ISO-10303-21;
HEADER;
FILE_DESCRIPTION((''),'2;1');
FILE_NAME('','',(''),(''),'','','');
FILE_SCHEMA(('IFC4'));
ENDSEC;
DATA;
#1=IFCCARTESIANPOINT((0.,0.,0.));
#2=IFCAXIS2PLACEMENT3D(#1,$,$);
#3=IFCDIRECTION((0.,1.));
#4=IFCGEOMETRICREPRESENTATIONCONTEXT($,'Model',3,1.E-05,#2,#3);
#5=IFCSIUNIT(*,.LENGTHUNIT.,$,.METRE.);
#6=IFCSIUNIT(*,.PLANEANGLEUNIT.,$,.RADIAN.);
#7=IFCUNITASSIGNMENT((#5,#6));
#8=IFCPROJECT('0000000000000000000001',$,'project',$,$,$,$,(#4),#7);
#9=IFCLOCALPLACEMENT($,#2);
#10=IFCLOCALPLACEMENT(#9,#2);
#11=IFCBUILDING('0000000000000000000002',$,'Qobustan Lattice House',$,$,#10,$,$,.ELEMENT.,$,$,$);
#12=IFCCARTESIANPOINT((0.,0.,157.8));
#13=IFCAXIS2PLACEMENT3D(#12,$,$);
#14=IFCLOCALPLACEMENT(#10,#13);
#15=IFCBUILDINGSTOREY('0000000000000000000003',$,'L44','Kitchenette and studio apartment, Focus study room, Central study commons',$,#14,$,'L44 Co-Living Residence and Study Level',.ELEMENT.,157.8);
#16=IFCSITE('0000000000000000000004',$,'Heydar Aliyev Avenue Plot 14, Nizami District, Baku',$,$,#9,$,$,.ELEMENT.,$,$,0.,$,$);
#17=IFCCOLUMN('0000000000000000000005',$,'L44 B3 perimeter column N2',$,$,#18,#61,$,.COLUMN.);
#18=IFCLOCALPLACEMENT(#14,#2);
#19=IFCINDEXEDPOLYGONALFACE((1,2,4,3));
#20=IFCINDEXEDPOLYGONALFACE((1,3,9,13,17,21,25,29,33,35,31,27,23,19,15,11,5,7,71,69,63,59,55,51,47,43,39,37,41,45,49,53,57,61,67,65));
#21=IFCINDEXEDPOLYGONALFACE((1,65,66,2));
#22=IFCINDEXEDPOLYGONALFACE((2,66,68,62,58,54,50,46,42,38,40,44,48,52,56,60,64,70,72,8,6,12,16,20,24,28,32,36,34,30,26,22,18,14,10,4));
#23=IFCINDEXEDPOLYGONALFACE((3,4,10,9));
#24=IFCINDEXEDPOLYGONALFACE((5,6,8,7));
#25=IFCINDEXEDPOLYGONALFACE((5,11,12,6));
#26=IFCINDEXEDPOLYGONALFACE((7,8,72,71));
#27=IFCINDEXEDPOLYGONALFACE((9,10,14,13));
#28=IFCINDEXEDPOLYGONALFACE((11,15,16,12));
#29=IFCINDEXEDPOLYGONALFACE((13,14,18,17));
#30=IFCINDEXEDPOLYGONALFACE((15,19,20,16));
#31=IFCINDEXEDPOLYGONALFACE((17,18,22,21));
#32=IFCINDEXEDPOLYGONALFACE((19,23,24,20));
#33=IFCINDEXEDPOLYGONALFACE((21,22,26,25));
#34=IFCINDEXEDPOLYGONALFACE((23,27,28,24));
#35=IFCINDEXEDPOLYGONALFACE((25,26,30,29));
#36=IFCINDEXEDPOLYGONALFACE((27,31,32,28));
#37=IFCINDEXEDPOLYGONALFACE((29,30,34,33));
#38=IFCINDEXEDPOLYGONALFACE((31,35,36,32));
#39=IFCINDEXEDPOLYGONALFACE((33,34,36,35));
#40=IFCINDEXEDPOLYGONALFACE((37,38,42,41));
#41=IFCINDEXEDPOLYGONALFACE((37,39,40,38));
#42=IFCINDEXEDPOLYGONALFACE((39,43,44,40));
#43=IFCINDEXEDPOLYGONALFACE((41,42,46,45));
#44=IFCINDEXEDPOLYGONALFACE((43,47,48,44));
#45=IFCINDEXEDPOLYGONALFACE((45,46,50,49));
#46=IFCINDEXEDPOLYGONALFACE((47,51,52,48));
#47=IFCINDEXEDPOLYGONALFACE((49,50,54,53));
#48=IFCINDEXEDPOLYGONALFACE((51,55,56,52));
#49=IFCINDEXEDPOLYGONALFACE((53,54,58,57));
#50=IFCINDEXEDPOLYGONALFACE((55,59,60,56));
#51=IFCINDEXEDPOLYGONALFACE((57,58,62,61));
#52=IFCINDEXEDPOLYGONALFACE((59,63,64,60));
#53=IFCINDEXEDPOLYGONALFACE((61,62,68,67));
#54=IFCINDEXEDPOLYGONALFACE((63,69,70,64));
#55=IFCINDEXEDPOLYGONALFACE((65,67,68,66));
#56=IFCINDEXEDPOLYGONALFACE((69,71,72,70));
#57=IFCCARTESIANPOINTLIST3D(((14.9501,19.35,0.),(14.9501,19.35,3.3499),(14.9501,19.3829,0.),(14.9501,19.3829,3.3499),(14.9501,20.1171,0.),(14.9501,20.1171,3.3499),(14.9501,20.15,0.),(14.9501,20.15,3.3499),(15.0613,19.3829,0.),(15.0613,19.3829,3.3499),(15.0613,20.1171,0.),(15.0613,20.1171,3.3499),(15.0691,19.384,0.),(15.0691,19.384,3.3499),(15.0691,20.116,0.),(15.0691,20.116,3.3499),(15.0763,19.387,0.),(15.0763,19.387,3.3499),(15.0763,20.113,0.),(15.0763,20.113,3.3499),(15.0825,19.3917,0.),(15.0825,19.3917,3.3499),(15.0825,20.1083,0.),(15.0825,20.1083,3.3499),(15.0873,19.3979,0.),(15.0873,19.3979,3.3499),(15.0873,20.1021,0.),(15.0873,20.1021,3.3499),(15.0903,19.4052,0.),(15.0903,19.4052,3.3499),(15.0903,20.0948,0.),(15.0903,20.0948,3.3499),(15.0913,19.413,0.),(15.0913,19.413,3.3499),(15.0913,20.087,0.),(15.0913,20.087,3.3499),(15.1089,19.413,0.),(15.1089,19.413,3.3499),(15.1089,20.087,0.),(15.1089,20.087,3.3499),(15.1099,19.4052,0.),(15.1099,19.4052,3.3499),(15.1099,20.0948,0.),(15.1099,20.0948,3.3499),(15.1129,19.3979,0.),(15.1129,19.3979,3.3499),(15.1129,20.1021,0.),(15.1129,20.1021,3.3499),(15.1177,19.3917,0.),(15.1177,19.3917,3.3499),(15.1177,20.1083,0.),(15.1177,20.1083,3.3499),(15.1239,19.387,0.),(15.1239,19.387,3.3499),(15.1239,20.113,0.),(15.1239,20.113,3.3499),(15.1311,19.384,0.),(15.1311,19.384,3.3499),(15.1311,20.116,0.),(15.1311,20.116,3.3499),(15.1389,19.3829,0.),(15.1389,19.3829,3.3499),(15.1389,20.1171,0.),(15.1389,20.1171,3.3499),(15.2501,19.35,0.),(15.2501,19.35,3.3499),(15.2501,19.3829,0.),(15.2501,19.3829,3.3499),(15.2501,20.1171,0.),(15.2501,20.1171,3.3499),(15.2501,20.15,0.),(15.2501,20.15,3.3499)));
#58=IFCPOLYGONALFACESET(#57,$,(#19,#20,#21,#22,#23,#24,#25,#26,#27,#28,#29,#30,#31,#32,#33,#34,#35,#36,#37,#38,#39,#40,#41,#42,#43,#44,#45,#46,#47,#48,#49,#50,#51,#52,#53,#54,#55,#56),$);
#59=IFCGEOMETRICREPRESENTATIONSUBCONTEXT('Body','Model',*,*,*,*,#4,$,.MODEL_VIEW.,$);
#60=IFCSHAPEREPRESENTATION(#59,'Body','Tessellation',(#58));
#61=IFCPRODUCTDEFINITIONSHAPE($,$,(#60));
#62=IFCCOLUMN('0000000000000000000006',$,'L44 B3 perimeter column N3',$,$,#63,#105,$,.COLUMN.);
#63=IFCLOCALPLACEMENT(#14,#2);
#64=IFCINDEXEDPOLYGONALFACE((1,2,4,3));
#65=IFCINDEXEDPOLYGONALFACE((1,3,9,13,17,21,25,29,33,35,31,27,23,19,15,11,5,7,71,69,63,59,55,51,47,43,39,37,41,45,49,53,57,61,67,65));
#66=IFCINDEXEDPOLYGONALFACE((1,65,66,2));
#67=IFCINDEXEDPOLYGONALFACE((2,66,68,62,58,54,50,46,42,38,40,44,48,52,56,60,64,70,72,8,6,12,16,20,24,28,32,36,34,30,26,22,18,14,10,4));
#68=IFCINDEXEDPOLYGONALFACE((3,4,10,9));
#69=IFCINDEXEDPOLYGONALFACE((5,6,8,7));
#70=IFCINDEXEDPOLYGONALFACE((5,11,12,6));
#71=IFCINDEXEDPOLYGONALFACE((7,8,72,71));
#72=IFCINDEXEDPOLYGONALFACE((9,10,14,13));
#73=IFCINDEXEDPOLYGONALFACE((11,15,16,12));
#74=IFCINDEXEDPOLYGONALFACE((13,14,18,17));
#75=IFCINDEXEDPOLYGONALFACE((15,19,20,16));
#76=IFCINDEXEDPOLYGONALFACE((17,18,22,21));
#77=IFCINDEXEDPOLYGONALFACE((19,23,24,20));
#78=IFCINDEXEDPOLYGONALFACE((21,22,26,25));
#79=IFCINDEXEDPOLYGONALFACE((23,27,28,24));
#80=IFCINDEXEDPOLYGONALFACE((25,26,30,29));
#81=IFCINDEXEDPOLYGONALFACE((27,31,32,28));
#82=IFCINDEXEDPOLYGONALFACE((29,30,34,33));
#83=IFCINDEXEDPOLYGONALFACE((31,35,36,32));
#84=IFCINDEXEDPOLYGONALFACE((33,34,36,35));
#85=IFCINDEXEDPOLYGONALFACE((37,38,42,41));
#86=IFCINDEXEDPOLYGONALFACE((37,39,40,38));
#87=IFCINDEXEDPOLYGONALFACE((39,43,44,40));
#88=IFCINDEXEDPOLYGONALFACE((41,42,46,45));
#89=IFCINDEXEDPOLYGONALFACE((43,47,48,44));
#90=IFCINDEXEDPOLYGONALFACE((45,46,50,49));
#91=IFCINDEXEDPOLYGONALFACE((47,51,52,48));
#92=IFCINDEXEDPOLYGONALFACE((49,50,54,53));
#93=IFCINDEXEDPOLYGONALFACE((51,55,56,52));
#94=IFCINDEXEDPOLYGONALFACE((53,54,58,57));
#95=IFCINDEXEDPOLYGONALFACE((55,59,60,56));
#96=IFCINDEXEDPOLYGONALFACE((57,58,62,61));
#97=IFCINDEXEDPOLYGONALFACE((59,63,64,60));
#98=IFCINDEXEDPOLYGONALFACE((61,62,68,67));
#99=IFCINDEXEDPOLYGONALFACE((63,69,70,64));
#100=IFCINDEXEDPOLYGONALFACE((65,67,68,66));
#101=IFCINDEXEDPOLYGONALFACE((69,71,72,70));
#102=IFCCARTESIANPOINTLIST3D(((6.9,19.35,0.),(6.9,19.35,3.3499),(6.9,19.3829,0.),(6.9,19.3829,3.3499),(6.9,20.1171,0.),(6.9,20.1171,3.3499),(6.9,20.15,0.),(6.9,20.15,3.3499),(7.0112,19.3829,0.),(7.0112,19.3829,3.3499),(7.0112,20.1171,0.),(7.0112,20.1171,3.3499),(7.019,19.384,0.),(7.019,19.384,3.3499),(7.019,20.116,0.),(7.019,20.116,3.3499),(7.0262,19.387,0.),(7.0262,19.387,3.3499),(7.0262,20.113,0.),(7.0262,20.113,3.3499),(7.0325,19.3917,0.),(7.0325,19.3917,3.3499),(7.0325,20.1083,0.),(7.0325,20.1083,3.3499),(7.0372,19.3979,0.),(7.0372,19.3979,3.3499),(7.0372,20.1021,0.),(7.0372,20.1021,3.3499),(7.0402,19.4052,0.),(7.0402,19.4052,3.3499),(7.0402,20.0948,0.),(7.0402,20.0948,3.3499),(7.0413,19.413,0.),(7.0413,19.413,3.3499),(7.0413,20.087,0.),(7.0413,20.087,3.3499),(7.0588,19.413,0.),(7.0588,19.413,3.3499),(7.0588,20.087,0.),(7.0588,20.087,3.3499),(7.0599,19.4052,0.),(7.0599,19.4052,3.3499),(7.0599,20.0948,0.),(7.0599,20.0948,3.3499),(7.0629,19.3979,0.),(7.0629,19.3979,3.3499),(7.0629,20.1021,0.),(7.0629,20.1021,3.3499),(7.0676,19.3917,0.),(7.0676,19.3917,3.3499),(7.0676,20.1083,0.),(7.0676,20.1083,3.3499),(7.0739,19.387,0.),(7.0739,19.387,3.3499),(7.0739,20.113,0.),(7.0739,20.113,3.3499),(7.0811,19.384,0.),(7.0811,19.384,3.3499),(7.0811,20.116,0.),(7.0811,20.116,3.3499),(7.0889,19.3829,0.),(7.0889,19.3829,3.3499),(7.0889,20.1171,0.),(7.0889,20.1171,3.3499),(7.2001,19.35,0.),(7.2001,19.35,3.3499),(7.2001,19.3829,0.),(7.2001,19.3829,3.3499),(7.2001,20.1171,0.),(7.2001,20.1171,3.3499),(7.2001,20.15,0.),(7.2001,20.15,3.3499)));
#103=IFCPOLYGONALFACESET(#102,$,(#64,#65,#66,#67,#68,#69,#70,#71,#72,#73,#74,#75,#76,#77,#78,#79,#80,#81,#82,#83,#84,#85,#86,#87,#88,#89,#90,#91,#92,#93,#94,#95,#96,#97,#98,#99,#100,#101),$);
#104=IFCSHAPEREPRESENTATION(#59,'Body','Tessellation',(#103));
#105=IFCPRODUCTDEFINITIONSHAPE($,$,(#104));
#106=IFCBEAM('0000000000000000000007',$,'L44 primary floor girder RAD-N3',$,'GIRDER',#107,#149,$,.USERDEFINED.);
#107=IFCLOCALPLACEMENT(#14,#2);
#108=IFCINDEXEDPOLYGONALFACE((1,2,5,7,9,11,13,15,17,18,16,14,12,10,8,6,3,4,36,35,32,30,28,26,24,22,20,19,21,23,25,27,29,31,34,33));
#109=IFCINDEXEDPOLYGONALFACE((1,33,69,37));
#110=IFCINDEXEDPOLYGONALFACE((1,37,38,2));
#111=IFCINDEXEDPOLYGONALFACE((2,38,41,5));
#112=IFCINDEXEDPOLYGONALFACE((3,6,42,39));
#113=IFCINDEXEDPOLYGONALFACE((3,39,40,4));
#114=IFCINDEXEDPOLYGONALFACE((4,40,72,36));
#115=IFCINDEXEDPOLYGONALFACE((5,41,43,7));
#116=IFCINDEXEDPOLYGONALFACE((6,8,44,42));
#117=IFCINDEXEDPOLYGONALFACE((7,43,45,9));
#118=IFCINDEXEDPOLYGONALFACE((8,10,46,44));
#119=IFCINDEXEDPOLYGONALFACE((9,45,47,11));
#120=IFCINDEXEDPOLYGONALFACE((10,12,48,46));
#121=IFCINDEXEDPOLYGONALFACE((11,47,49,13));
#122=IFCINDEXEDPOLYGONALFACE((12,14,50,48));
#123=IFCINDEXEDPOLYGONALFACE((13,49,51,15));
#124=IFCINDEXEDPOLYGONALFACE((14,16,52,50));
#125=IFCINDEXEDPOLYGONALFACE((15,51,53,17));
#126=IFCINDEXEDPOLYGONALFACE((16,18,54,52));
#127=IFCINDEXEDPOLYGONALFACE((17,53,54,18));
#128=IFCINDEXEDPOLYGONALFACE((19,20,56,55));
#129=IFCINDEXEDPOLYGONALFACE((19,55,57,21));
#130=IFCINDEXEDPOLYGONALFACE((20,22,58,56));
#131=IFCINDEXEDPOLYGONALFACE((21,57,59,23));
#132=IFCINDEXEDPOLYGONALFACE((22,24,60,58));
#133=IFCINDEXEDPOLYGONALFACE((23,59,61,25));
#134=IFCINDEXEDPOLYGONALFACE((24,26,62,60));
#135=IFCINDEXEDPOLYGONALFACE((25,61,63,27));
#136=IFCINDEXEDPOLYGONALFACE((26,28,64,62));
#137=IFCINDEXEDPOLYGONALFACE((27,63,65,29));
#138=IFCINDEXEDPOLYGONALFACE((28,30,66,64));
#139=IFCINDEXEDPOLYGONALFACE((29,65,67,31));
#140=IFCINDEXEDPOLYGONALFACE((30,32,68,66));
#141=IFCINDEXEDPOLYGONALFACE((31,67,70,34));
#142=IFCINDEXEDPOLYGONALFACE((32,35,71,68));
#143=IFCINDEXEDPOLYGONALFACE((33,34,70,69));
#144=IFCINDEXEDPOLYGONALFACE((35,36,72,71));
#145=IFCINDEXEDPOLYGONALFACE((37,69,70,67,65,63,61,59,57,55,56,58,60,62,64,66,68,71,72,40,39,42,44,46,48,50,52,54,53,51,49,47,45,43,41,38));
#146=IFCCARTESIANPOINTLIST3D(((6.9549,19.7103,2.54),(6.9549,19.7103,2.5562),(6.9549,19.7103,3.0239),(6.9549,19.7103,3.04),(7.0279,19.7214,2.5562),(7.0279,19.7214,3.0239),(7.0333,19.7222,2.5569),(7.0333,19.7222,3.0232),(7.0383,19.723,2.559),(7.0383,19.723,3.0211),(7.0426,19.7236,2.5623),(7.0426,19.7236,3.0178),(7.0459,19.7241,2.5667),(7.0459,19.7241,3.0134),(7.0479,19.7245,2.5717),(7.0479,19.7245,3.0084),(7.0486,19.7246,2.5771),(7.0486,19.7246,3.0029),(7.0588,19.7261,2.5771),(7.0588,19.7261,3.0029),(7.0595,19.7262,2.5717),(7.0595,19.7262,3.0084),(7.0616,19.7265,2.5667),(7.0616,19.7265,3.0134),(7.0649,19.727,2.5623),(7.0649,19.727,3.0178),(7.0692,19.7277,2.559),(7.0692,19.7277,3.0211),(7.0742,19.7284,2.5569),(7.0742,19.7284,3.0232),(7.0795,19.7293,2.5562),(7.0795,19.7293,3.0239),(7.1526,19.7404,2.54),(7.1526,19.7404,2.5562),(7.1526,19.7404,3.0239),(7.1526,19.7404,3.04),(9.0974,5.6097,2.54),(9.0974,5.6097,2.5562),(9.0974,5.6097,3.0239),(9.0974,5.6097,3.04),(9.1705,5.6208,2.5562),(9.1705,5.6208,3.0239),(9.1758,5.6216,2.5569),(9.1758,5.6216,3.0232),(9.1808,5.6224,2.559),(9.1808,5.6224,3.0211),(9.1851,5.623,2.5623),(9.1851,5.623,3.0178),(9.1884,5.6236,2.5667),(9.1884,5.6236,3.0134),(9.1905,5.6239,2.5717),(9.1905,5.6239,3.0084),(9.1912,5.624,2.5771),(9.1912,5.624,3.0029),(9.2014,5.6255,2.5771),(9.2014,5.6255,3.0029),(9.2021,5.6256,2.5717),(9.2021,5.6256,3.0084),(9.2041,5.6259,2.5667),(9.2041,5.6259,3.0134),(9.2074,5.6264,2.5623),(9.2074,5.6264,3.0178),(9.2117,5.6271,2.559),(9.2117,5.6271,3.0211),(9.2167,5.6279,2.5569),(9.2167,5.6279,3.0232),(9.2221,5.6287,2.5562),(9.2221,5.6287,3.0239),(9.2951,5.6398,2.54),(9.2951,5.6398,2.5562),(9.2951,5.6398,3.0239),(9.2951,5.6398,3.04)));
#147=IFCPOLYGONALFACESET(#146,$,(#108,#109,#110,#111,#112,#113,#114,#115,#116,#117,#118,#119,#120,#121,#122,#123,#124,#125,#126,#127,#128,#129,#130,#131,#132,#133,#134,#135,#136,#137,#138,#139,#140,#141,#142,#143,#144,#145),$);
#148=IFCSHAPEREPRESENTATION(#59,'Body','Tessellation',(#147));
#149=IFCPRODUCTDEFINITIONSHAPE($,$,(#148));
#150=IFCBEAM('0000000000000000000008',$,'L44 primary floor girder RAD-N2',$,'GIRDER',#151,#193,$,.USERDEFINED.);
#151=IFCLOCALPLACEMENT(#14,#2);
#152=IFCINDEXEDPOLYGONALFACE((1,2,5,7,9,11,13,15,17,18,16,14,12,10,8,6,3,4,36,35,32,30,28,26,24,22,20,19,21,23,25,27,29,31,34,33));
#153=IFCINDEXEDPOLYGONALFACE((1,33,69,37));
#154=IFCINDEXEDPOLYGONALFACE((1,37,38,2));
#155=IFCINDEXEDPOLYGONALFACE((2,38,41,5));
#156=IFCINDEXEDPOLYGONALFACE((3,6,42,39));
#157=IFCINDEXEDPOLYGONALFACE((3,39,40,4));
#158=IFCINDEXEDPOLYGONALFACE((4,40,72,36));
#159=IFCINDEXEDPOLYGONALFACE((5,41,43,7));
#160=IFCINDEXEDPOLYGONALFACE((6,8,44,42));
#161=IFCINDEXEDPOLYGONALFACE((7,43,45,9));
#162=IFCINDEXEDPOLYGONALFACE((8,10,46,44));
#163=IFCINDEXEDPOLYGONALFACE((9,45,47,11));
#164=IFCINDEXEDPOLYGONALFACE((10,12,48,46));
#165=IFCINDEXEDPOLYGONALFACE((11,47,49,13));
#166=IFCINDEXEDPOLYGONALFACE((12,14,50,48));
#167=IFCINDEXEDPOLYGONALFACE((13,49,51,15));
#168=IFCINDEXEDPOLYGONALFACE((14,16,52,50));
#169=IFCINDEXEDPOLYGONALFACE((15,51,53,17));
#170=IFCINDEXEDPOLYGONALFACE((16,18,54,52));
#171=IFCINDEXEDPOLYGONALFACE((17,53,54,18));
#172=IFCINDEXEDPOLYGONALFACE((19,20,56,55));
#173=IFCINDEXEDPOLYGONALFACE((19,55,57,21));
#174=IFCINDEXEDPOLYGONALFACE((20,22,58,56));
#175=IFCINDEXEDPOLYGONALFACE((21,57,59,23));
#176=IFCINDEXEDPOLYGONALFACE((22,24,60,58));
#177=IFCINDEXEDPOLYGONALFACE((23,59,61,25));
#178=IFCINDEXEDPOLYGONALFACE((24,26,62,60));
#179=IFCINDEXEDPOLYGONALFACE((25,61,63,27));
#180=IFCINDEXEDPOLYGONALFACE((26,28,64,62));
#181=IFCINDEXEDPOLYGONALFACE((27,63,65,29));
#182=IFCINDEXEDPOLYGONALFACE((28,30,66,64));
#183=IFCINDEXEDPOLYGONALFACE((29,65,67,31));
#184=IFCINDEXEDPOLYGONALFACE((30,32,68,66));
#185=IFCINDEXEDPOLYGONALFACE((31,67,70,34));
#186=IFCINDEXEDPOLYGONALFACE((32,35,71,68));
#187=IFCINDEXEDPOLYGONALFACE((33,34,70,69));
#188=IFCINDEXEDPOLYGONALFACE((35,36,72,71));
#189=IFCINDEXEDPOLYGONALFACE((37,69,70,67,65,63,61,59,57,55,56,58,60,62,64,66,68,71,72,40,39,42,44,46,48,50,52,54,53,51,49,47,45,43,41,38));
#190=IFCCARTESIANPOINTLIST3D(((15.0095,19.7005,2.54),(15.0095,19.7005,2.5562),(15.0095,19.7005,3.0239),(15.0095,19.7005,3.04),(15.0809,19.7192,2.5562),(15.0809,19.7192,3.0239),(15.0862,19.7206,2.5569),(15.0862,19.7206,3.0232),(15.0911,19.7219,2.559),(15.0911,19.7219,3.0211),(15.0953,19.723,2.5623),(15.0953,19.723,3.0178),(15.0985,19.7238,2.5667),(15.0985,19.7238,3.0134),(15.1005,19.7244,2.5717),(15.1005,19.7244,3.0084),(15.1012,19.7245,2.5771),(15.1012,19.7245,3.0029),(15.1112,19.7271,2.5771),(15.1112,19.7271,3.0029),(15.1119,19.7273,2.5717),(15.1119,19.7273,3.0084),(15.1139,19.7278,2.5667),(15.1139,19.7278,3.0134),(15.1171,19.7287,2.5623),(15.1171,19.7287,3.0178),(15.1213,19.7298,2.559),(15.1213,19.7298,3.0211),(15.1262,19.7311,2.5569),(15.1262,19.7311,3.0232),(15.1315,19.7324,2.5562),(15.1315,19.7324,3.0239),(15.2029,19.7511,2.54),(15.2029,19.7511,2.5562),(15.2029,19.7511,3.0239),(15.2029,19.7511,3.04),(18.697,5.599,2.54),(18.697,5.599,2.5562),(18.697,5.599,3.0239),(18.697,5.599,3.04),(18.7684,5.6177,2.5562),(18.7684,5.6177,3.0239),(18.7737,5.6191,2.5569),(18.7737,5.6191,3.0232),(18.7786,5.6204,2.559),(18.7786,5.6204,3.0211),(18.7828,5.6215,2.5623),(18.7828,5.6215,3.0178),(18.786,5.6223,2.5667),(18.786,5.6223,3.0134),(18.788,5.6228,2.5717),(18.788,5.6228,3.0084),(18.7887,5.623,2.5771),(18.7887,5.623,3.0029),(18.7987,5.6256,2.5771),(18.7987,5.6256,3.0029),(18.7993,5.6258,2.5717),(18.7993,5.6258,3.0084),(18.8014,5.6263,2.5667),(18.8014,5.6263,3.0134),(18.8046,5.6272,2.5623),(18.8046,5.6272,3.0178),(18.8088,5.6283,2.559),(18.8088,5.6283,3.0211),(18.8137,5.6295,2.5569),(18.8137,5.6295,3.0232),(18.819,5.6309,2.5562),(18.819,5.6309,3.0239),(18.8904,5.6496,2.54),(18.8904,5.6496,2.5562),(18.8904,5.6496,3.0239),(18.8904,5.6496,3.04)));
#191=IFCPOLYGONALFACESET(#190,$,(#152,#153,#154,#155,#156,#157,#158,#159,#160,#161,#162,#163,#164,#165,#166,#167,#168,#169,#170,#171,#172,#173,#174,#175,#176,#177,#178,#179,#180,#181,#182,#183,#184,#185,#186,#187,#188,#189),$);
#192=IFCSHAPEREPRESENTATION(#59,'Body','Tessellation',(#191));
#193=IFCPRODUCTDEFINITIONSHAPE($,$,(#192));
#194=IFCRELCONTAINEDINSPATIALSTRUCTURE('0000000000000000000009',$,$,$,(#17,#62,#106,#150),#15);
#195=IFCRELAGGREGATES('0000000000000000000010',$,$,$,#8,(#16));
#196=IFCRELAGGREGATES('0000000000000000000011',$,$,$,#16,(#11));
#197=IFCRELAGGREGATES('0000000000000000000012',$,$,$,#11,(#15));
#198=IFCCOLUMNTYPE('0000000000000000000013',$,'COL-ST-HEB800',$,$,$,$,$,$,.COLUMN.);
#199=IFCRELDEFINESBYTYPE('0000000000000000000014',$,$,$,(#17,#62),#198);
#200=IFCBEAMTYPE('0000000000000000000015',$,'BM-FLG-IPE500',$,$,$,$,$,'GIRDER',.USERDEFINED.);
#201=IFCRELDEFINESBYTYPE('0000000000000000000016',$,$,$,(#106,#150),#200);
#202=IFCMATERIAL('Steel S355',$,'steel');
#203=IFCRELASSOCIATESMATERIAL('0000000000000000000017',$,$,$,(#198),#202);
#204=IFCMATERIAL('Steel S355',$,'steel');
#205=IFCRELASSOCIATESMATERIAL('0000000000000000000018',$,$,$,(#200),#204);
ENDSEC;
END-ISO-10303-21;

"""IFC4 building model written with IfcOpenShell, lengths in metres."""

from ifc_helpers import new_model, si_unit, direction, frame, origin, origin_2d, place, context, subcontext, project, spatial, i_section, extrude, material, material_profile, profile_set, type_object, element, save


model = new_model("IFC4")

# Units and contexts
model_context = context("Model", 3, precision=1e-05, world=origin(), true_north=direction((0.0, 1.0)))
body_context = subcontext(model_context, "Body", "Model", "MODEL_VIEW")
ifc_project = project(units=[si_unit("LENGTHUNIT", "METRE"), si_unit("PLANEANGLEUNIT", "RADIAN")], contexts=[model_context])

# Site, building, storey
site_placement = place(None, origin())
site = spatial("IfcSite", under=ifc_project, at=site_placement, Name="Heydar Aliyev Avenue Plot 14, Nizami District, Baku", CompositionType="ELEMENT", RefElevation=0.0)
building_placement = place(site_placement, origin())
building = spatial("IfcBuilding", under=site, at=building_placement, Name="Qobustan Lattice House", CompositionType="ELEMENT")
storey_placement = place(building_placement, frame((0.0, 0.0, 157.8)))
storey = spatial("IfcBuildingStorey", under=building, at=storey_placement, Name="L44", Description="Kitchenette and studio apartment, Focus study room, Central study commons", LongName="L44 Co-Living Residence and Study Level", CompositionType="ELEMENT", Elevation=157.8)

# Columns
ifc_material_1 = material(Name="Steel S355", Category="steel")
ifc_material_profile_1 = material_profile(ifc_material_1, i_section(OverallWidth=0.3, OverallDepth=0.8, WebThickness=0.0176, FlangeThickness=0.033, FilletRadius=0.03, at=origin_2d()), Name="HEB800")
ifc_profile_set_1 = profile_set([ifc_material_profile_1], Name="Steel S355")
column_type = type_object("IfcColumnType", Name="COL-ST-HEB800", PredefinedType="COLUMN", material=ifc_profile_set_1)
for number, where, z_axis, x_axis, name in (
    (1, (15.1001, 19.75, 0.0), (0.0, 0.0, 1.0), (1.0, 0.0, 0.0), "L44 B3 perimeter column N2"),
    (2, (7.05, 19.75, 0.0), (0.0, 0.0, 1.0), (1.0, 0.0, 0.0), "L44 B3 perimeter column N3"),
):
    element("IfcColumn", number, at=place(storey_placement, frame(where, z_axis=z_axis, x_axis=x_axis)), inside=storey, type_object=column_type, Name=name, PredefinedType="COLUMN", context=body_context, shape_type="SweptSolid", body=[
        extrude(i_section(OverallWidth=0.3, OverallDepth=0.8, WebThickness=0.0176, FlangeThickness=0.033, FilletRadius=0.03, at=origin_2d()), origin(), (0.0, 0.0, 1.0), 3.3499),
    ])

# Beams
ifc_material_2 = material(Name="Steel S355", Category="steel")
ifc_material_profile_2 = material_profile(ifc_material_2, i_section(OverallWidth=0.2, OverallDepth=0.5, WebThickness=0.0103, FlangeThickness=0.0161, FilletRadius=0.021, at=origin_2d()), Name="IPE500")
ifc_profile_set_2 = profile_set([ifc_material_profile_2], Name="Steel S355")
beam_type_1 = type_object("IfcBeamType", Name="BM-FLG-IPE500", ElementType="GIRDER", PredefinedType="USERDEFINED", material=ifc_profile_set_2)
beam_1_placement = place(storey_placement, frame((7.0537, 19.7253, 2.79), z_axis=(0.150225, -0.988652, 0.0), x_axis=(0.988652, 0.150225, 0.0)))
element("IfcBeam", 3, at=beam_1_placement, inside=storey, type_object=beam_type_1, Name="L44 primary floor girder RAD-N3", ObjectType="GIRDER", PredefinedType="USERDEFINED", context=body_context, shape_type="SweptSolid", body=[
    extrude(i_section(OverallWidth=0.2, OverallDepth=0.5, WebThickness=0.0103, FlangeThickness=0.0161, FilletRadius=0.021, at=origin_2d()), origin(), (0.0, 0.0, 1.0), 14.2625),
])
beam_2_placement = place(storey_placement, frame((15.1062, 19.7258, 2.79), z_axis=(0.252989, -0.967469, 0.0), x_axis=(0.967469, 0.252989, 0.0)))
element("IfcBeam", 4, at=beam_2_placement, inside=storey, type_object=beam_type_1, Name="L44 primary floor girder RAD-N2", ObjectType="GIRDER", PredefinedType="USERDEFINED", context=body_context, shape_type="SweptSolid", body=[
    extrude(i_section(OverallWidth=0.2, OverallDepth=0.5, WebThickness=0.0103, FlangeThickness=0.0161, FilletRadius=0.021, at=origin_2d()), origin(), (0.0, 0.0, 1.0), 14.5757),
])

save(model, "model.ifc")
